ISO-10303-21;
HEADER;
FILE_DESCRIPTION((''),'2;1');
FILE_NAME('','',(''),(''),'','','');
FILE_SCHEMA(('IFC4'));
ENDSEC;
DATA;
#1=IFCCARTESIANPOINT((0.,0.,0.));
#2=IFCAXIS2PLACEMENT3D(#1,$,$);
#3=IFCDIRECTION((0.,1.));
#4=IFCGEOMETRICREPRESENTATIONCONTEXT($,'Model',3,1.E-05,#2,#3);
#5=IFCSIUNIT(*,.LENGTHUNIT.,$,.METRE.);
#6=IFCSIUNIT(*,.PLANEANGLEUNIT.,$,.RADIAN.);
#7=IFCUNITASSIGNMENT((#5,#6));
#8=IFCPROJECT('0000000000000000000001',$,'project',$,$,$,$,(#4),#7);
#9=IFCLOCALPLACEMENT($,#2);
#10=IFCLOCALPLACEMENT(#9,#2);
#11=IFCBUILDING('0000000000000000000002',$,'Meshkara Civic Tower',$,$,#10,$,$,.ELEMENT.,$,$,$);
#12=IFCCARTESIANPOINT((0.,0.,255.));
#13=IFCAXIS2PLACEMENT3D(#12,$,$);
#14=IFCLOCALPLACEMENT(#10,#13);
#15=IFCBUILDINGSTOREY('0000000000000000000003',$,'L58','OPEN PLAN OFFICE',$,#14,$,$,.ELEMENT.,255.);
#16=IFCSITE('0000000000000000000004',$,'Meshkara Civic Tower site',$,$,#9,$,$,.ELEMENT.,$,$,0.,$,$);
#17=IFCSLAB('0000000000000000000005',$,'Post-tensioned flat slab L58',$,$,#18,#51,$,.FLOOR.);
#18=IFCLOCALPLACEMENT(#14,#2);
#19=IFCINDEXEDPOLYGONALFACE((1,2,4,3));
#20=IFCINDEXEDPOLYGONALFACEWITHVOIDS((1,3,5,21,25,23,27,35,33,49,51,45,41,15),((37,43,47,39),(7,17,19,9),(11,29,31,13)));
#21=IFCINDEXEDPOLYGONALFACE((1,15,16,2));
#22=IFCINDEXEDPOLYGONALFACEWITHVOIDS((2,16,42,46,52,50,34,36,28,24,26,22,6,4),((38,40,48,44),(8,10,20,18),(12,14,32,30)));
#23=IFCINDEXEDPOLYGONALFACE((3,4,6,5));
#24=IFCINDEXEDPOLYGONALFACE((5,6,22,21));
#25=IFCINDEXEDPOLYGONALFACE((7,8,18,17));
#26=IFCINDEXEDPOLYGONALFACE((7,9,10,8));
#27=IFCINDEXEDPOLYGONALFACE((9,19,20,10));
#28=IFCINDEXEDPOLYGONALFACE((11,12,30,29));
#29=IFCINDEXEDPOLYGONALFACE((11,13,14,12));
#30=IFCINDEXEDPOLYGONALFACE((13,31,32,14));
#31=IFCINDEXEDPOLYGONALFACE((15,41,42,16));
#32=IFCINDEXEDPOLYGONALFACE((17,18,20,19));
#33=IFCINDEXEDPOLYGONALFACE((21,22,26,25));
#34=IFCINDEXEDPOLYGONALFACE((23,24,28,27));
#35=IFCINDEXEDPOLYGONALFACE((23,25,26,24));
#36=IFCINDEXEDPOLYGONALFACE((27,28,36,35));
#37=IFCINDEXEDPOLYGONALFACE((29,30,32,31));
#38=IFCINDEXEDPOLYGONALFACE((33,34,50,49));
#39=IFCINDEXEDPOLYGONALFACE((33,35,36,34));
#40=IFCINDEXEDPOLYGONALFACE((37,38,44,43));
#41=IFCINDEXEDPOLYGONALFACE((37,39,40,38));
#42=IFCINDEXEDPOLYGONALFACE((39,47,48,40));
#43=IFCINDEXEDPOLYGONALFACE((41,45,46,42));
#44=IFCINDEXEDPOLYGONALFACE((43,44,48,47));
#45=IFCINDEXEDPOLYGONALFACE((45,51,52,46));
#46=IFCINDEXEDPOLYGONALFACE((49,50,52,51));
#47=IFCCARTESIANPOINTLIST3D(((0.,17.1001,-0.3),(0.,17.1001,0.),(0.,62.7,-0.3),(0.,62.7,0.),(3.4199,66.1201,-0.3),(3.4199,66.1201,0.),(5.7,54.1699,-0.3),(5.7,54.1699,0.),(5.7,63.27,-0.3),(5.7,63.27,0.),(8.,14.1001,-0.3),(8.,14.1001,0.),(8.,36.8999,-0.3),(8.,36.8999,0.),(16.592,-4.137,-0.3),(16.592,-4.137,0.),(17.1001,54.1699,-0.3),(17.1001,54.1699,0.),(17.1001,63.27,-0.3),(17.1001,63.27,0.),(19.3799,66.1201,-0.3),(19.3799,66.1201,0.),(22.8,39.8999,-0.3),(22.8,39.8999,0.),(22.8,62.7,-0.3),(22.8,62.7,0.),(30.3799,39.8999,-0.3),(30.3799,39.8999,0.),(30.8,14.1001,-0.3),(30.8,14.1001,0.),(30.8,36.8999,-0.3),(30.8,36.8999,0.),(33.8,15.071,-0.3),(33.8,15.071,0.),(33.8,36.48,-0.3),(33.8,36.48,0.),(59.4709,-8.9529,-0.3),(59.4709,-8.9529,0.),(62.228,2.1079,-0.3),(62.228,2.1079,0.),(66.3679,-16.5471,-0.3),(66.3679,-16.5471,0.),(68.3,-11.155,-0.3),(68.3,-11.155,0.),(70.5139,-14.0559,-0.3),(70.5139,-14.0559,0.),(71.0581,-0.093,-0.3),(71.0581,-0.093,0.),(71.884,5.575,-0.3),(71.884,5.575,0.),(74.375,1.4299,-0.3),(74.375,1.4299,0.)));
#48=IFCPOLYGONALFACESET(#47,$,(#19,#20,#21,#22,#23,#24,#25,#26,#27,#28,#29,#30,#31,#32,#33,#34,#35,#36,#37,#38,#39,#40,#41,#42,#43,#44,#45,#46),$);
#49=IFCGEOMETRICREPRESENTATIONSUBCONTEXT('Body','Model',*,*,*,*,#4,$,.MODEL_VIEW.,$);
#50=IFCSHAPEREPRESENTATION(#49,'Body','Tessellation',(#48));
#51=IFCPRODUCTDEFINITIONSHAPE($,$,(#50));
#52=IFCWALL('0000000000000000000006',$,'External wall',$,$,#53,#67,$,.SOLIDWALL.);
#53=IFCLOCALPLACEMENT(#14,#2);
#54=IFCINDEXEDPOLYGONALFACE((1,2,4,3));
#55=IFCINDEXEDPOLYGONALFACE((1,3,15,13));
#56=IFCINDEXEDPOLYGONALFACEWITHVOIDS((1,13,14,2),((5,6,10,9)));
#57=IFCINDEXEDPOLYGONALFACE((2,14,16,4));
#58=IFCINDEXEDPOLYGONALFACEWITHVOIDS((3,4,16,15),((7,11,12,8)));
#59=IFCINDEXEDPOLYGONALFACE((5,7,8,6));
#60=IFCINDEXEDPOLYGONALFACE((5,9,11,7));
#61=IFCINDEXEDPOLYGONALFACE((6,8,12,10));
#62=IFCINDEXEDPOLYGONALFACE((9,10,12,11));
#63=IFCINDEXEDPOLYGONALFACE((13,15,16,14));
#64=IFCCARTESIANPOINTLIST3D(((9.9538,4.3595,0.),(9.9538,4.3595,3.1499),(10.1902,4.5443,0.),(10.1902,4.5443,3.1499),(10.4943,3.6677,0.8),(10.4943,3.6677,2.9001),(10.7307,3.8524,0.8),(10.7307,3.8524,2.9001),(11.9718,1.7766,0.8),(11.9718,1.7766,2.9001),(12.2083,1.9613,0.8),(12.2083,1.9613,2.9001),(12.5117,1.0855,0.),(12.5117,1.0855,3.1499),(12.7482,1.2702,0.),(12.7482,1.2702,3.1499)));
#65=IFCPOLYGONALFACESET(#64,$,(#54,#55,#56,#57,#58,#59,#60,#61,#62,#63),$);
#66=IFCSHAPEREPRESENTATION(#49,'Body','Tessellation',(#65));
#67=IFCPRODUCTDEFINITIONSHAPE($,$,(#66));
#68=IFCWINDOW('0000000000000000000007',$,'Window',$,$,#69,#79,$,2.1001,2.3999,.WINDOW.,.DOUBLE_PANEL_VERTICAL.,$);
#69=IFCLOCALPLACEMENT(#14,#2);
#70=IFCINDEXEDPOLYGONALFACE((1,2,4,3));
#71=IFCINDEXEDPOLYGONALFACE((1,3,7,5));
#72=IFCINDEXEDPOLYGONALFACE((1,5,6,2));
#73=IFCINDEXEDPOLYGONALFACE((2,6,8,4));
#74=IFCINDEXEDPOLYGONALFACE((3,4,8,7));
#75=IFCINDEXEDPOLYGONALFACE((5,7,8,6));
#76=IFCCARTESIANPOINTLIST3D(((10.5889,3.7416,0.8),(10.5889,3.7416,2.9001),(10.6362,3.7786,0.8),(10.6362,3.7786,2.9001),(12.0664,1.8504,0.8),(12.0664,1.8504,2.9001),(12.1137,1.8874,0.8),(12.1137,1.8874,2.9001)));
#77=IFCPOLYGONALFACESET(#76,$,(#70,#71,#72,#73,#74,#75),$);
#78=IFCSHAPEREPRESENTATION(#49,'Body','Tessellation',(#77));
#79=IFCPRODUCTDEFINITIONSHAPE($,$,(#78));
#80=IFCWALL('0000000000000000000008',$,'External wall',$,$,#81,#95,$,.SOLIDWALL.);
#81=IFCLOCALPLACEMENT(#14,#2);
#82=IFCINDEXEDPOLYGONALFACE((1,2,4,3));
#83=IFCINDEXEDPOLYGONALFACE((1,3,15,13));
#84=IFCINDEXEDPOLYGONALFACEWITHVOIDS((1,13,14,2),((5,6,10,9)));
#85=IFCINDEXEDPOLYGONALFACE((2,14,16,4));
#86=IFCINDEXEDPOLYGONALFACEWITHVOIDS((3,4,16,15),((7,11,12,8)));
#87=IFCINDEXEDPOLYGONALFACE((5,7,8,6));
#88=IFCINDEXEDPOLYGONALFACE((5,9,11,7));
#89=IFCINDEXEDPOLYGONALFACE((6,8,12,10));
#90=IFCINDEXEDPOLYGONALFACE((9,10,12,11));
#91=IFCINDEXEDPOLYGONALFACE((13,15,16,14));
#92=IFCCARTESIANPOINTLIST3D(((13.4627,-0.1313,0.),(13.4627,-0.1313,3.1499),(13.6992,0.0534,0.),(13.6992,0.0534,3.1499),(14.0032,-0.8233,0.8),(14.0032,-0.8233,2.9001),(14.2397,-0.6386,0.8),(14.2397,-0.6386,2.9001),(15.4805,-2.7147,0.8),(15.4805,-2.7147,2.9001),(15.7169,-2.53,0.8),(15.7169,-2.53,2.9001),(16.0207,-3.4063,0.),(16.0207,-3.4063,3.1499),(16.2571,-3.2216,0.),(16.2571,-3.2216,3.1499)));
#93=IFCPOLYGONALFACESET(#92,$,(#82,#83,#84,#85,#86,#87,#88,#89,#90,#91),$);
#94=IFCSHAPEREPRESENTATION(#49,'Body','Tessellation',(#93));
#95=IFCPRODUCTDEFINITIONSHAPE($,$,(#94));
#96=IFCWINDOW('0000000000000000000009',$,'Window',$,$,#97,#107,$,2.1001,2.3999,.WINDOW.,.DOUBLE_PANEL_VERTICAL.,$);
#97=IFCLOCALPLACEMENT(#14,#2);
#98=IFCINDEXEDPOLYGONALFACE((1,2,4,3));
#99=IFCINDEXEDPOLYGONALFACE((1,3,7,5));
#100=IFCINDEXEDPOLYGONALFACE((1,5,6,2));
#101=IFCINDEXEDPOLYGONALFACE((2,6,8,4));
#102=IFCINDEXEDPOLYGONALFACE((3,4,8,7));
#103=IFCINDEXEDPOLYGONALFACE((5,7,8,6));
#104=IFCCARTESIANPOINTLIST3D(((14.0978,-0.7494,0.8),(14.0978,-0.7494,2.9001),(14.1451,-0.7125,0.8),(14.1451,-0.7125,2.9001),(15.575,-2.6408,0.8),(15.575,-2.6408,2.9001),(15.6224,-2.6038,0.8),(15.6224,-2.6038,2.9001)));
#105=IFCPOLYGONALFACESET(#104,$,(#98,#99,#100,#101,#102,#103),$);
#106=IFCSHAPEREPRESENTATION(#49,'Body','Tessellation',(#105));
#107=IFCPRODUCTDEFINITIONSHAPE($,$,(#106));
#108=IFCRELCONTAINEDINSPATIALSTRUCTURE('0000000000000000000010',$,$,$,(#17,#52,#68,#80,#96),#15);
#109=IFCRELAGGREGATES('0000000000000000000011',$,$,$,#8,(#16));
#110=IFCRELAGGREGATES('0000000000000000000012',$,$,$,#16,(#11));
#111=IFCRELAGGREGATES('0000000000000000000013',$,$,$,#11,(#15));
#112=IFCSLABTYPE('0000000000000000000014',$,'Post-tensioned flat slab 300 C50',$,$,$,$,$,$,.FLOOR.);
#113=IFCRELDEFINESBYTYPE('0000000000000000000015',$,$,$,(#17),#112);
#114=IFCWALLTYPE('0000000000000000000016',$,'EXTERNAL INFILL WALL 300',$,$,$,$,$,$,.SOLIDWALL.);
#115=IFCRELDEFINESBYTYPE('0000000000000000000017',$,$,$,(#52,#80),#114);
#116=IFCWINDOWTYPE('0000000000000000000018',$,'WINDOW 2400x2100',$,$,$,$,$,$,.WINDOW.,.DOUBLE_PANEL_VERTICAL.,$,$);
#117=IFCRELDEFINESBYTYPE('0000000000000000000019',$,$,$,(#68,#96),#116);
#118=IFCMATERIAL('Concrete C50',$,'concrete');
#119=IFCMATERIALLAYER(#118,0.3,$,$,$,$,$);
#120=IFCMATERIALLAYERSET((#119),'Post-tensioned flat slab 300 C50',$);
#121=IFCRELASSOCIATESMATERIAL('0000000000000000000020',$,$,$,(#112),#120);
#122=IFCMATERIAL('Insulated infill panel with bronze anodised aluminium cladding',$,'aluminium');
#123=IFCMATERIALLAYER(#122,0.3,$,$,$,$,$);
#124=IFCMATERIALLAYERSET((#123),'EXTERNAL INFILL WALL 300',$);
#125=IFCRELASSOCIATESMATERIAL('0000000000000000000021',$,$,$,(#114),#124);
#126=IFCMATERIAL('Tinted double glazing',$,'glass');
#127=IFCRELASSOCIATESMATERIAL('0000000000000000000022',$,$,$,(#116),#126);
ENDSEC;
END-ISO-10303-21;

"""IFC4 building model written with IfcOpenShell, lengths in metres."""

from ifc_helpers import new_model, si_unit, direction, frame, frame_2d, origin, place, context, subcontext, project, spatial, polyline, rectangle, outline, extrude, material, layer, layer_set, type_object, element, fill, save


model = new_model("IFC4")

# Units and contexts
model_context = context("Model", 3, precision=1e-05, world=origin(), true_north=direction((0.0, 1.0)))
body_context = subcontext(model_context, "Body", "Model", "MODEL_VIEW")
ifc_project = project(units=[si_unit("LENGTHUNIT", "METRE"), si_unit("PLANEANGLEUNIT", "RADIAN")], contexts=[model_context])

# Site, building, storey
site_placement = place(None, origin())
site = spatial("IfcSite", under=ifc_project, at=site_placement, Name="Meshkara Civic Tower site", CompositionType="ELEMENT", RefElevation=0.0)
building_placement = place(site_placement, origin())
building = spatial("IfcBuilding", under=site, at=building_placement, Name="Meshkara Civic Tower", CompositionType="ELEMENT")
storey_placement = place(building_placement, frame((0.0, 0.0, 255.0)))
storey = spatial("IfcBuildingStorey", under=building, at=storey_placement, Name="L58", Description="OPEN PLAN OFFICE", CompositionType="ELEMENT", Elevation=255.0)

# Slab
ifc_material_1 = material(Name="Concrete C50", Category="concrete")
ifc_layer_1 = layer(ifc_material_1, 0.3)
ifc_layer_set_1 = layer_set([ifc_layer_1], Name="Post-tensioned flat slab 300 C50")
slab_type_1 = type_object("IfcSlabType", Name="Post-tensioned flat slab 300 C50", PredefinedType="FLOOR", material=ifc_layer_set_1)
slab_1_placement = place(storey_placement, frame((0.0, 0.0, -0.3)))
element("IfcSlab", 1, at=slab_1_placement, inside=storey, type_object=slab_type_1, Name="Post-tensioned flat slab L58", PredefinedType="FLOOR", context=body_context, shape_type="SweptSolid", body=[
    extrude(outline(polyline([(70.5139, -14.0559), (66.3679, -16.5471), (16.592, -4.137), (0.0, 17.1001), (0.0, 62.7), (3.4199, 66.1201), (19.3799, 66.1201), (22.8, 62.7), (22.8, 39.8999), (30.3799, 39.8999), (33.8, 36.48), (33.8, 15.071), (71.884, 5.575), (74.375, 1.4299), (70.5139, -14.0559)]), holes=[polyline([(68.3, -11.155), (71.0581, -0.093), (62.228, 2.1079), (59.4709, -8.9529), (68.3, -11.155)]), polyline([(8.0, 14.1001), (30.8, 14.1001), (30.8, 36.8999), (8.0, 36.8999), (8.0, 14.1001)]), polyline([(5.7, 63.27), (5.7, 54.1699), (17.1001, 54.1699), (17.1001, 63.27), (5.7, 63.27)])]), origin(), (0.0, 0.0, 1.0), 0.3),
])

# Walls, openings, windows
ifc_material_2 = material(Name="Insulated infill panel with bronze anodised aluminium cladding", Category="aluminium")
ifc_layer_2 = layer(ifc_material_2, 0.3)
ifc_layer_set_2 = layer_set([ifc_layer_2], Name="EXTERNAL INFILL WALL 300")
wall_type = type_object("IfcWallType", Name="EXTERNAL INFILL WALL 300", PredefinedType="SOLIDWALL", material=ifc_layer_set_2)
wall_1_placement = place(storey_placement, frame((10.072, 4.4519, 0.0), z_axis=(0.0, 0.0, 1.0), x_axis=(0.61566, -0.788012, 0.0)))
wall_1 = element("IfcWall", 2, at=wall_1_placement, inside=storey, type_object=wall_type, Name="External wall", PredefinedType="SOLIDWALL", context=body_context, shape_type="SweptSolid", body=[
    extrude(rectangle(XDim=4.1548, YDim=0.3, at=frame_2d((2.0774, 0.0))), origin(), (0.0, 0.0, 1.0), 3.1499),
])
opening_1_placement = place(wall_1_placement, frame((0.8779, 0.0, 0.8)))
opening_1 = element("IfcOpeningElement", 3, at=opening_1_placement, cuts=wall_1, PredefinedType="OPENING", context=body_context, shape_type="SweptSolid", body=[
    extrude(rectangle(XDim=2.3999, YDim=2.1001, at=frame_2d((1.2, 1.05))), frame((0.0, 0.1599, 0.0), z_axis=(0.0, -1.0, 0.0), x_axis=(1.0, 0.0, 0.0)), (0.0, 0.0, 1.0), 0.3201),
])
ifc_material_3 = material(Name="Tinted double glazing", Category="glass")
window_type = type_object("IfcWindowType", Name="WINDOW 2400x2100", PartitioningType="DOUBLE_PANEL_VERTICAL", PredefinedType="WINDOW", material=ifc_material_3)
window_1_placement = place(opening_1_placement, origin())
window_1 = element("IfcWindow", 4, at=window_1_placement, inside=storey, type_object=window_type, Name="Window", OverallHeight=2.1001, OverallWidth=2.3999, PartitioningType="DOUBLE_PANEL_VERTICAL", PredefinedType="WINDOW", context=body_context, shape_type="SweptSolid", body=[
    extrude(rectangle(XDim=2.3999, YDim=2.1001, at=frame_2d((1.2, 1.05))), frame((0.0, 0.03, 0.0), z_axis=(0.0, -1.0, 0.0), x_axis=(1.0, 0.0, 0.0)), (0.0, 0.0, 1.0), 0.0601),
])
fill(opening_1, window_1)
wall_2_placement = place(storey_placement, frame((13.5811, -0.0391, 0.0), z_axis=(0.0, 0.0, 1.0), x_axis=(0.615546, -0.788101, 0.0)))
wall_2 = element("IfcWall", 5, at=wall_2_placement, inside=storey, type_object=wall_type, Name="External wall", PredefinedType="SOLIDWALL", context=body_context, shape_type="SweptSolid", body=[
    extrude(rectangle(XDim=4.1555, YDim=0.3, at=frame_2d((2.0776, 0.0))), origin(), (0.0, 0.0, 1.0), 3.1499),
])
opening_2_placement = place(wall_2_placement, frame((0.8779, 0.0, 0.8)))
opening_2 = element("IfcOpeningElement", 6, at=opening_2_placement, cuts=wall_2, PredefinedType="OPENING", context=body_context, shape_type="SweptSolid", body=[
    extrude(rectangle(XDim=2.3999, YDim=2.1001, at=frame_2d((1.2, 1.05))), frame((0.0, 0.1599, 0.0), z_axis=(0.0, -1.0, 0.0), x_axis=(1.0, 0.0, 0.0)), (0.0, 0.0, 1.0), 0.3201),
])
window_2_placement = place(opening_2_placement, origin())
window_2 = element("IfcWindow", 7, at=window_2_placement, inside=storey, type_object=window_type, Name="Window", OverallHeight=2.1001, OverallWidth=2.3999, PartitioningType="DOUBLE_PANEL_VERTICAL", PredefinedType="WINDOW", context=body_context, shape_type="SweptSolid", body=[
    extrude(rectangle(XDim=2.3999, YDim=2.1001, at=frame_2d((1.2, 1.05))), frame((0.0, 0.03, 0.0), z_axis=(0.0, -1.0, 0.0), x_axis=(1.0, 0.0, 0.0)), (0.0, 0.0, 1.0), 0.0601),
])
fill(opening_2, window_2)

save(model, "model.ifc")
